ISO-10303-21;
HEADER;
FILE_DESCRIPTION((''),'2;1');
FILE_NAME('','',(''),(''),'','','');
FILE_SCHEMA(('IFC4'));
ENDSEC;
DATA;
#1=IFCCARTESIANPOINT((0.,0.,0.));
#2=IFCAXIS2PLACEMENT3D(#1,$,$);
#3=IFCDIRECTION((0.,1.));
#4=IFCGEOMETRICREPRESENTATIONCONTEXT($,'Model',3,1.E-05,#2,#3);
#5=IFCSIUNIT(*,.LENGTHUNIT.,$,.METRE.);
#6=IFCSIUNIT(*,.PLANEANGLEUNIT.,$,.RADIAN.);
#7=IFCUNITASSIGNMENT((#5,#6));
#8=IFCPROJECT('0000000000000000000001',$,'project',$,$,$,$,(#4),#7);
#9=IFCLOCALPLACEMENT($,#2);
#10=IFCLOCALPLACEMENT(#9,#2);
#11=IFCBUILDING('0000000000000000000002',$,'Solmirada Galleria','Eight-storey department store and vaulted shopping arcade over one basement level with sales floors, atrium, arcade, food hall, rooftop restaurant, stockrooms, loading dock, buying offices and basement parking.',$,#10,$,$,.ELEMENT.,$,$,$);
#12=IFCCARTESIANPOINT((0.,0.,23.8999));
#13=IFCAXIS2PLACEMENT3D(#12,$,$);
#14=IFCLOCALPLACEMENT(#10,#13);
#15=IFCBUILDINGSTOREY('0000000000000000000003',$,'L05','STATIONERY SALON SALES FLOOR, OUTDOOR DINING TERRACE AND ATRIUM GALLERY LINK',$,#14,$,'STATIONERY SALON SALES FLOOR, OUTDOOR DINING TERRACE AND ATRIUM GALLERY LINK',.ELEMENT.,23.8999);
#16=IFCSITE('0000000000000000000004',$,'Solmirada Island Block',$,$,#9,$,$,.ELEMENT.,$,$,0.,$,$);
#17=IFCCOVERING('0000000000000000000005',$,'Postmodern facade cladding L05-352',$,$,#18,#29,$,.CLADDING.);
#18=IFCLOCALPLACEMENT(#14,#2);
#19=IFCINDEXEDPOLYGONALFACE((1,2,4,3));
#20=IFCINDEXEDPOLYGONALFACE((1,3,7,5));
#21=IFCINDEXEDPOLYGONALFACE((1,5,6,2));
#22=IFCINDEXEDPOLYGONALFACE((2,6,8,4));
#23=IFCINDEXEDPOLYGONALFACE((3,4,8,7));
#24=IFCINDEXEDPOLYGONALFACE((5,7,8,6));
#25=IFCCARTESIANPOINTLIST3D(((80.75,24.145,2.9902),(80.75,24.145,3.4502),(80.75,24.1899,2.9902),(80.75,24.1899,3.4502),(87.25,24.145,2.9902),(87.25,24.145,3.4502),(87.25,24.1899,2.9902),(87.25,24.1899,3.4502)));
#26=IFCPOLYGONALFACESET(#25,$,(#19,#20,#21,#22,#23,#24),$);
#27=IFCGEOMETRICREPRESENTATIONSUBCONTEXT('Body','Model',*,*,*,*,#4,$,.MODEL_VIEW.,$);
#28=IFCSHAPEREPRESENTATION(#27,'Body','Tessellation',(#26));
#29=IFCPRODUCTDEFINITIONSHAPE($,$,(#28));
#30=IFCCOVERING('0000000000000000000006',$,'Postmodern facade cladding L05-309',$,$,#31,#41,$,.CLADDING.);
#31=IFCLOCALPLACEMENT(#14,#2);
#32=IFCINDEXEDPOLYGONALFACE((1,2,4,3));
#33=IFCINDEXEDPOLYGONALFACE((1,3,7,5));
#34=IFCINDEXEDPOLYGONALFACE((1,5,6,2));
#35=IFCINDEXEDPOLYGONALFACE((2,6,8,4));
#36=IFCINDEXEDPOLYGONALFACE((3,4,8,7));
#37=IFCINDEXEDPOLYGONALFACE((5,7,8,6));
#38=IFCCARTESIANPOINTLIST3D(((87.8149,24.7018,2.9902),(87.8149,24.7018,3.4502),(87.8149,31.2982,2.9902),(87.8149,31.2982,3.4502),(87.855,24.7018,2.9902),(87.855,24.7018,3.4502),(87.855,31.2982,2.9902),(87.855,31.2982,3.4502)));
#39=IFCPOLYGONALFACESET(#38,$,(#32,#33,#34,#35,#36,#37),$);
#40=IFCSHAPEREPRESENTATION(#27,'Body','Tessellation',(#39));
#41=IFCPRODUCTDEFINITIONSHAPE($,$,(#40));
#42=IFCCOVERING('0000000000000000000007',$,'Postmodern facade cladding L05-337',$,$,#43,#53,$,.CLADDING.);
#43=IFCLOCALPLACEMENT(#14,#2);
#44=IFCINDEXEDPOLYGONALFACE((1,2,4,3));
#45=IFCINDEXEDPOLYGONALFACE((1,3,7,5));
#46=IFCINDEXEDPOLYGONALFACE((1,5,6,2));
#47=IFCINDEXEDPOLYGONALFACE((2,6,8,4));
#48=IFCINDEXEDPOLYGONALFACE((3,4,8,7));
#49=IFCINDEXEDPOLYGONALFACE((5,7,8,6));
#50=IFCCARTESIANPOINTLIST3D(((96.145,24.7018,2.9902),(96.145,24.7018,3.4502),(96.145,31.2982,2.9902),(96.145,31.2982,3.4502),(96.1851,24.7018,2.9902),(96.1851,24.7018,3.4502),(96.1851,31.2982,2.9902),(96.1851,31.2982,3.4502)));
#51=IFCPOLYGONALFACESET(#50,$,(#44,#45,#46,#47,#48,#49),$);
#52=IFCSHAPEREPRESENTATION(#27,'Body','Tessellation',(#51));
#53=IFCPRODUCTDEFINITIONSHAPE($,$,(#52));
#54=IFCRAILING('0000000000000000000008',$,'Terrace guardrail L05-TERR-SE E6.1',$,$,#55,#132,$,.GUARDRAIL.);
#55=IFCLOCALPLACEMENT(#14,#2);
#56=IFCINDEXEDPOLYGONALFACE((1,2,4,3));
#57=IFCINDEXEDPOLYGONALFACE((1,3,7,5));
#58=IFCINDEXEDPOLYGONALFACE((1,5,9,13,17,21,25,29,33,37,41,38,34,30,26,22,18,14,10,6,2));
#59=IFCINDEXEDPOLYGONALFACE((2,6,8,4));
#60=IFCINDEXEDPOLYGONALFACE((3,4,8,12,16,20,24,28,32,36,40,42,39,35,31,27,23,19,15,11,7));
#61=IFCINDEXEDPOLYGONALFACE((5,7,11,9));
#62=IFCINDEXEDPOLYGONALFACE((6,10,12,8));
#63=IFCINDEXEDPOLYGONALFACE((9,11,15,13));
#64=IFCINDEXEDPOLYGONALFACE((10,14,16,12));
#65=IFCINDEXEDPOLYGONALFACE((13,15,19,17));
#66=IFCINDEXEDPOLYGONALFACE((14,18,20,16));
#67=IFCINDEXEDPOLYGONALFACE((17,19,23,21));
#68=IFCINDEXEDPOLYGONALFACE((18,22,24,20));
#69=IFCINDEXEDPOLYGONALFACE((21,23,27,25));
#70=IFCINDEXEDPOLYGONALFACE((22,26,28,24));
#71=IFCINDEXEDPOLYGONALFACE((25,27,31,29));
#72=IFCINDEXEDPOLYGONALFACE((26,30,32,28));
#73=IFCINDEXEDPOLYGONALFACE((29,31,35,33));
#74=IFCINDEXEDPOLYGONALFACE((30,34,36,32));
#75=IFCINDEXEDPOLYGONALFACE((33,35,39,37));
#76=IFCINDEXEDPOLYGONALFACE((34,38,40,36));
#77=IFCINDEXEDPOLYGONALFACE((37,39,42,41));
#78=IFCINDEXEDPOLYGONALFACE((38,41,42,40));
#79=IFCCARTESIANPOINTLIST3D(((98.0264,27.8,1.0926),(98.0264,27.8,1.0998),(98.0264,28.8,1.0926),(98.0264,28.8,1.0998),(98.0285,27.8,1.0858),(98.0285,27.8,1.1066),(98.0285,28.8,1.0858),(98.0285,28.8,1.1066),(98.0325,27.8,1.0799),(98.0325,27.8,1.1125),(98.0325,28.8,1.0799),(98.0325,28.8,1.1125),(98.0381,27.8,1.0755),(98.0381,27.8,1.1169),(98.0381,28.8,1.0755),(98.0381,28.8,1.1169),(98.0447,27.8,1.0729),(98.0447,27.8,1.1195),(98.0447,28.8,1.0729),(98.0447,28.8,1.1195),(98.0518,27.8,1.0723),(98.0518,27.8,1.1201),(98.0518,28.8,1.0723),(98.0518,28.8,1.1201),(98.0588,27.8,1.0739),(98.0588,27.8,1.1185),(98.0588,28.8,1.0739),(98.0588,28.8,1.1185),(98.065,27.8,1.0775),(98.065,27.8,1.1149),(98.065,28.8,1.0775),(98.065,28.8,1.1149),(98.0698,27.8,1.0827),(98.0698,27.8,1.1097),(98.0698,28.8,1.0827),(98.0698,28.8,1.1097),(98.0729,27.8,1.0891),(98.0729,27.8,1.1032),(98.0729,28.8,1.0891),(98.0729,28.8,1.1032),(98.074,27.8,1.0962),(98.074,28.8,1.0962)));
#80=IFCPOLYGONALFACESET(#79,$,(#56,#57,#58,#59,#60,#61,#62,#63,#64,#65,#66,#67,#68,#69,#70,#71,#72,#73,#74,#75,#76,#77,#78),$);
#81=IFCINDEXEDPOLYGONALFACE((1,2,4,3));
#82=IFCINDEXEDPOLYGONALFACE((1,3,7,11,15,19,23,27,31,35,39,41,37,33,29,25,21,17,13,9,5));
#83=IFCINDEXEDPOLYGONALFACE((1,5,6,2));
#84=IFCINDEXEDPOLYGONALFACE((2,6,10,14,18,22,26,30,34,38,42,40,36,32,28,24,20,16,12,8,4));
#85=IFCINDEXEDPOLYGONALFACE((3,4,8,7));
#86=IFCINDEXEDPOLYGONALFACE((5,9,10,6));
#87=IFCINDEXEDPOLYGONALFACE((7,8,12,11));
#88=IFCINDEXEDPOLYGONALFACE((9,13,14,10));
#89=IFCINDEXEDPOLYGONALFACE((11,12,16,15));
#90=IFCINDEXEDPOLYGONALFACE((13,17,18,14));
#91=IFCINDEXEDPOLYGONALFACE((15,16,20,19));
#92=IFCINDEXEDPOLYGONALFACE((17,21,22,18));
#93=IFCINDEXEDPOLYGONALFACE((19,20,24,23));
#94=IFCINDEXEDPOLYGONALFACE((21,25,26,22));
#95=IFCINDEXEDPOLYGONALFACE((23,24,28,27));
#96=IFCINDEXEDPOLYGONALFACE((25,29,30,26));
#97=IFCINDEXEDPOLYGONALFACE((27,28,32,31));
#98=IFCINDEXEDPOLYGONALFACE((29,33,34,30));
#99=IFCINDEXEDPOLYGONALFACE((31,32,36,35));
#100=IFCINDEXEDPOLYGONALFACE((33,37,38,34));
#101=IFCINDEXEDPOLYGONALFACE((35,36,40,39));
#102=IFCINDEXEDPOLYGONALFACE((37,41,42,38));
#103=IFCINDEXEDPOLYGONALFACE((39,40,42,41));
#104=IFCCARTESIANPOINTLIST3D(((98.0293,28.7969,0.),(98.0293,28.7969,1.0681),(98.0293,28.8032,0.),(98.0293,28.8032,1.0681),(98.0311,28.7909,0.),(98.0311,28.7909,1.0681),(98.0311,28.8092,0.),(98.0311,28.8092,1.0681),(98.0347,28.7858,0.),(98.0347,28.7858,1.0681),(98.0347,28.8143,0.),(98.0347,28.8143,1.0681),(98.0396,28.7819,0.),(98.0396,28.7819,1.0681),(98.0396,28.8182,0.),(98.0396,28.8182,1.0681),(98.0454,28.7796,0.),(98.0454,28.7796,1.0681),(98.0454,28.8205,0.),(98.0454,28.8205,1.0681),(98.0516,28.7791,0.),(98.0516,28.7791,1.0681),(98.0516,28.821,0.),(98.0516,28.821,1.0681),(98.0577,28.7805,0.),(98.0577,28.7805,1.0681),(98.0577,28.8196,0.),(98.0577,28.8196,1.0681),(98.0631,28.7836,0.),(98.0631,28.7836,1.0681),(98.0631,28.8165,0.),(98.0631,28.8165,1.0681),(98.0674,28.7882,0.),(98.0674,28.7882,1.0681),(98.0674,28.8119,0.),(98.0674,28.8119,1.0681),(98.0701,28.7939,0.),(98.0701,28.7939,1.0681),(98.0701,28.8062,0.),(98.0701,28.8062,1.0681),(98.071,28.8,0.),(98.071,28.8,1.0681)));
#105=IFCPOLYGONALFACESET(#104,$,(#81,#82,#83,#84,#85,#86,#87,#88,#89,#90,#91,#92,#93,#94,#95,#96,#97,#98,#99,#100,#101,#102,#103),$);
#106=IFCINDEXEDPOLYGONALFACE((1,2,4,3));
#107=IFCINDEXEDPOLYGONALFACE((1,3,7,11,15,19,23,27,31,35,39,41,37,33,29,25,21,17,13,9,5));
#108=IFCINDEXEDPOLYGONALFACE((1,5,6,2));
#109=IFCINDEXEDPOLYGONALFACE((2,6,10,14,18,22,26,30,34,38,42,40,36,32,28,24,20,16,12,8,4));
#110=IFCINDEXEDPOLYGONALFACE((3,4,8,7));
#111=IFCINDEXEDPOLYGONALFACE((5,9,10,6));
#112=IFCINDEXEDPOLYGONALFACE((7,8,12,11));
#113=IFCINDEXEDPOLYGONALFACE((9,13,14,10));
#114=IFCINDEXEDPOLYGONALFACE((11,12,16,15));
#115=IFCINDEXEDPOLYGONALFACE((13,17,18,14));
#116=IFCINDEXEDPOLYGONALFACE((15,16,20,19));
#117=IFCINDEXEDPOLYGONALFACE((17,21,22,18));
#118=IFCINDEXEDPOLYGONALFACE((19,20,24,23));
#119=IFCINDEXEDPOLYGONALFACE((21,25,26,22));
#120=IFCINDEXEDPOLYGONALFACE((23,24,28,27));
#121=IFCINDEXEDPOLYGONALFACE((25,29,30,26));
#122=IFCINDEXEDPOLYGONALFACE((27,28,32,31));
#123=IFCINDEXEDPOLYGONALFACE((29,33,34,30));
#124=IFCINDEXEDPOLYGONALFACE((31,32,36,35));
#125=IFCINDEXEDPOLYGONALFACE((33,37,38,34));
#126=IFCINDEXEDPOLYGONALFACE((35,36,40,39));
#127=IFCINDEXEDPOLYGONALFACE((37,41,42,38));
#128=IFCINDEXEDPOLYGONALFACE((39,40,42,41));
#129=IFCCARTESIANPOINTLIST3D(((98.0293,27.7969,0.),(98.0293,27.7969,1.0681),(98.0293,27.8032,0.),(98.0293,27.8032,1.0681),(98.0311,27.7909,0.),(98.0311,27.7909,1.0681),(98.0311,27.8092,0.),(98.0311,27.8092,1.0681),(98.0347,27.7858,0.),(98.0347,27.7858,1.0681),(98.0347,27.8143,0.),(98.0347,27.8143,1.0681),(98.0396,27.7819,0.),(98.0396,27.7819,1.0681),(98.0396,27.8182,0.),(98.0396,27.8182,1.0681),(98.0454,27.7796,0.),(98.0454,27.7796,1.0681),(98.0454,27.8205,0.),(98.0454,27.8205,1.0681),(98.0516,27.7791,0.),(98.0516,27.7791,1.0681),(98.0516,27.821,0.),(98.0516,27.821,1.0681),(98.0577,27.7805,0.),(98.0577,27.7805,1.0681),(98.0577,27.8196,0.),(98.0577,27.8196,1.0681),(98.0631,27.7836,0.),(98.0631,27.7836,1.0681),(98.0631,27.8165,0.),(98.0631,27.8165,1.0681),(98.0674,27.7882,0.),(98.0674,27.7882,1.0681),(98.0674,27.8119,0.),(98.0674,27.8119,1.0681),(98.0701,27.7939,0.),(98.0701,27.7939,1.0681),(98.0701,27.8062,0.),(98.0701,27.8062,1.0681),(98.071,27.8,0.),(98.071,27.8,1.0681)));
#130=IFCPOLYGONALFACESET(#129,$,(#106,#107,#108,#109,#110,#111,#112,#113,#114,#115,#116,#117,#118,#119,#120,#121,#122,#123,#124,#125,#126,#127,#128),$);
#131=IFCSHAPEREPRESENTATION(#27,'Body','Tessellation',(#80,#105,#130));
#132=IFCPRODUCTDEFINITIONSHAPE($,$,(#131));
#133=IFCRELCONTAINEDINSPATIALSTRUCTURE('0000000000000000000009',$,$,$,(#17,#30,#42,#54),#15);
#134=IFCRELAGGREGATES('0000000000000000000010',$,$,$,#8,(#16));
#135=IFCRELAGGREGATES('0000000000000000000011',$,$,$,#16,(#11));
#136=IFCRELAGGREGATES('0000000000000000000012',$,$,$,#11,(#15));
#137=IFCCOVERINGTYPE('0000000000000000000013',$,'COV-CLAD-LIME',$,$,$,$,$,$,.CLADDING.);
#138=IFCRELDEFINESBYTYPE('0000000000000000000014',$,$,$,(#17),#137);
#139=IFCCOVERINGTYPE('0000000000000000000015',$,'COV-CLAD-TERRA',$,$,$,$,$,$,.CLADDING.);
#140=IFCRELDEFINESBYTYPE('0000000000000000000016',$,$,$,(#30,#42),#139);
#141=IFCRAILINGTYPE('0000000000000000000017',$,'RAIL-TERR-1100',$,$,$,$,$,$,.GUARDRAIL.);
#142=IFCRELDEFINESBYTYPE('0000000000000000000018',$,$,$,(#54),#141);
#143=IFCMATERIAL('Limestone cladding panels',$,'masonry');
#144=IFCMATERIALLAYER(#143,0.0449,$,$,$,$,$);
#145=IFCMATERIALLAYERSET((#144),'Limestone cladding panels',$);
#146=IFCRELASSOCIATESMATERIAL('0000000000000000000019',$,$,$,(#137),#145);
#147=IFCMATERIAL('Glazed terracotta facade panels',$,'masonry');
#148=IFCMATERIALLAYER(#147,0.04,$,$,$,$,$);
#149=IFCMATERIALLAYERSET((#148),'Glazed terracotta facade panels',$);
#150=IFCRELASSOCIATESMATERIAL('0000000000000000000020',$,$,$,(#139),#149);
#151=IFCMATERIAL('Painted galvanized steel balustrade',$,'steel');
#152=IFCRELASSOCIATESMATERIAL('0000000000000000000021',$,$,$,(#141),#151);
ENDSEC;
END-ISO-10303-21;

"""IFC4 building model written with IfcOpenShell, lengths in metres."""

from ifc_helpers import new_model, si_unit, direction, frame, origin, origin_2d, place, context, subcontext, project, spatial, rectangle, circle, extrude, material, layer, layer_set, type_object, element, save


model = new_model("IFC4")

# Units and contexts
model_context = context("Model", 3, precision=1e-05, world=origin(), true_north=direction((0.0, 1.0)))
body_context = subcontext(model_context, "Body", "Model", "MODEL_VIEW")
ifc_project = project(units=[si_unit("LENGTHUNIT", "METRE"), si_unit("PLANEANGLEUNIT", "RADIAN")], contexts=[model_context])

# Site, building, storey
site_placement = place(None, origin())
site = spatial("IfcSite", under=ifc_project, at=site_placement, Name="Solmirada Island Block", CompositionType="ELEMENT", RefElevation=0.0)
building_placement = place(site_placement, origin())
building = spatial("IfcBuilding", under=site, at=building_placement, Name="Solmirada Galleria", Description="Eight-storey department store and vaulted shopping arcade over one basement level with sales floors, atrium, arcade, food hall, rooftop restaurant, stockrooms, loading dock, buying offices and basement parking.", CompositionType="ELEMENT")
storey_placement = place(building_placement, frame((0.0, 0.0, 23.8999)))
storey = spatial("IfcBuildingStorey", under=building, at=storey_placement, Name="L05", Description="STATIONERY SALON SALES FLOOR, OUTDOOR DINING TERRACE AND ATRIUM GALLERY LINK", LongName="STATIONERY SALON SALES FLOOR, OUTDOOR DINING TERRACE AND ATRIUM GALLERY LINK", CompositionType="ELEMENT", Elevation=23.8999)

# Coverings
ifc_material_1 = material(Name="Limestone cladding panels", Category="masonry")
ifc_layer_1 = layer(ifc_material_1, 0.0449)
ifc_layer_set_1 = layer_set([ifc_layer_1], Name="Limestone cladding panels")
covering_type_1 = type_object("IfcCoveringType", Name="COV-CLAD-LIME", PredefinedType="CLADDING", material=ifc_layer_set_1)
covering_placement = place(storey_placement, frame((84.0, 24.1675, 2.9902), z_axis=(0.0, 0.0, 1.0), x_axis=(1.0, 0.0, 0.0)))
element("IfcCovering", 1, at=covering_placement, inside=storey, type_object=covering_type_1, Name="Postmodern facade cladding L05-352", PredefinedType="CLADDING", context=body_context, shape_type="SweptSolid", body=[
    extrude(rectangle(XDim=6.5, YDim=0.0449, at=origin_2d()), origin(), (0.0, 0.0, 1.0), 0.46),
])
ifc_material_2 = material(Name="Glazed terracotta facade panels", Category="masonry")
ifc_layer_2 = layer(ifc_material_2, 0.04)
ifc_layer_set_2 = layer_set([ifc_layer_2], Name="Glazed terracotta facade panels")
covering_type_2 = type_object("IfcCoveringType", Name="COV-CLAD-TERRA", PredefinedType="CLADDING", material=ifc_layer_set_2)
for number, where, z_axis, x_axis, name in (
    (2, (87.835, 28.0, 2.9902), (0.0, 0.0, 1.0), (0.0, 1.0, 0.0), "Postmodern facade cladding L05-309"),
    (3, (96.165, 28.0, 2.9902), (0.0, 0.0, 1.0), (0.0, -1.0, 0.0), "Postmodern facade cladding L05-337"),
):
    element("IfcCovering", number, at=place(storey_placement, frame(where, z_axis=z_axis, x_axis=x_axis)), inside=storey, type_object=covering_type_2, Name=name, PredefinedType="CLADDING", context=body_context, shape_type="SweptSolid", body=[
        extrude(rectangle(XDim=6.5964, YDim=0.04, at=origin_2d()), origin(), (0.0, 0.0, 1.0), 0.46),
    ])

# Railing
ifc_material_3 = material(Name="Painted galvanized steel balustrade", Category="steel")
railing_type = type_object("IfcRailingType", Name="RAIL-TERR-1100", PredefinedType="GUARDRAIL", material=ifc_material_3)
railing_1_placement = place(storey_placement, frame((98.05, 28.8, 0.0)))
element("IfcRailing", 4, at=railing_1_placement, inside=storey, type_object=railing_type, Name="Terrace guardrail L05-TERR-SE E6.1", PredefinedType="GUARDRAIL", context=body_context, shape_type="SweptSolid", body=[
    extrude(circle(Radius=0.0239, at=origin_2d()), frame((0.0, 0.0, 1.0962), z_axis=(0.0, -1.0, 0.0), x_axis=(1.0, 0.0, 0.0)), (0.0, 0.0, 1.0), 1.0),
    extrude(circle(Radius=0.021, at=origin_2d()), origin(), (0.0, 0.0, 1.0), 1.0681),
    extrude(circle(Radius=0.021, at=origin_2d()), frame((0.0, -1.0, 0.0)), (0.0, 0.0, 1.0), 1.0681),
])

save(model, "model.ifc")
